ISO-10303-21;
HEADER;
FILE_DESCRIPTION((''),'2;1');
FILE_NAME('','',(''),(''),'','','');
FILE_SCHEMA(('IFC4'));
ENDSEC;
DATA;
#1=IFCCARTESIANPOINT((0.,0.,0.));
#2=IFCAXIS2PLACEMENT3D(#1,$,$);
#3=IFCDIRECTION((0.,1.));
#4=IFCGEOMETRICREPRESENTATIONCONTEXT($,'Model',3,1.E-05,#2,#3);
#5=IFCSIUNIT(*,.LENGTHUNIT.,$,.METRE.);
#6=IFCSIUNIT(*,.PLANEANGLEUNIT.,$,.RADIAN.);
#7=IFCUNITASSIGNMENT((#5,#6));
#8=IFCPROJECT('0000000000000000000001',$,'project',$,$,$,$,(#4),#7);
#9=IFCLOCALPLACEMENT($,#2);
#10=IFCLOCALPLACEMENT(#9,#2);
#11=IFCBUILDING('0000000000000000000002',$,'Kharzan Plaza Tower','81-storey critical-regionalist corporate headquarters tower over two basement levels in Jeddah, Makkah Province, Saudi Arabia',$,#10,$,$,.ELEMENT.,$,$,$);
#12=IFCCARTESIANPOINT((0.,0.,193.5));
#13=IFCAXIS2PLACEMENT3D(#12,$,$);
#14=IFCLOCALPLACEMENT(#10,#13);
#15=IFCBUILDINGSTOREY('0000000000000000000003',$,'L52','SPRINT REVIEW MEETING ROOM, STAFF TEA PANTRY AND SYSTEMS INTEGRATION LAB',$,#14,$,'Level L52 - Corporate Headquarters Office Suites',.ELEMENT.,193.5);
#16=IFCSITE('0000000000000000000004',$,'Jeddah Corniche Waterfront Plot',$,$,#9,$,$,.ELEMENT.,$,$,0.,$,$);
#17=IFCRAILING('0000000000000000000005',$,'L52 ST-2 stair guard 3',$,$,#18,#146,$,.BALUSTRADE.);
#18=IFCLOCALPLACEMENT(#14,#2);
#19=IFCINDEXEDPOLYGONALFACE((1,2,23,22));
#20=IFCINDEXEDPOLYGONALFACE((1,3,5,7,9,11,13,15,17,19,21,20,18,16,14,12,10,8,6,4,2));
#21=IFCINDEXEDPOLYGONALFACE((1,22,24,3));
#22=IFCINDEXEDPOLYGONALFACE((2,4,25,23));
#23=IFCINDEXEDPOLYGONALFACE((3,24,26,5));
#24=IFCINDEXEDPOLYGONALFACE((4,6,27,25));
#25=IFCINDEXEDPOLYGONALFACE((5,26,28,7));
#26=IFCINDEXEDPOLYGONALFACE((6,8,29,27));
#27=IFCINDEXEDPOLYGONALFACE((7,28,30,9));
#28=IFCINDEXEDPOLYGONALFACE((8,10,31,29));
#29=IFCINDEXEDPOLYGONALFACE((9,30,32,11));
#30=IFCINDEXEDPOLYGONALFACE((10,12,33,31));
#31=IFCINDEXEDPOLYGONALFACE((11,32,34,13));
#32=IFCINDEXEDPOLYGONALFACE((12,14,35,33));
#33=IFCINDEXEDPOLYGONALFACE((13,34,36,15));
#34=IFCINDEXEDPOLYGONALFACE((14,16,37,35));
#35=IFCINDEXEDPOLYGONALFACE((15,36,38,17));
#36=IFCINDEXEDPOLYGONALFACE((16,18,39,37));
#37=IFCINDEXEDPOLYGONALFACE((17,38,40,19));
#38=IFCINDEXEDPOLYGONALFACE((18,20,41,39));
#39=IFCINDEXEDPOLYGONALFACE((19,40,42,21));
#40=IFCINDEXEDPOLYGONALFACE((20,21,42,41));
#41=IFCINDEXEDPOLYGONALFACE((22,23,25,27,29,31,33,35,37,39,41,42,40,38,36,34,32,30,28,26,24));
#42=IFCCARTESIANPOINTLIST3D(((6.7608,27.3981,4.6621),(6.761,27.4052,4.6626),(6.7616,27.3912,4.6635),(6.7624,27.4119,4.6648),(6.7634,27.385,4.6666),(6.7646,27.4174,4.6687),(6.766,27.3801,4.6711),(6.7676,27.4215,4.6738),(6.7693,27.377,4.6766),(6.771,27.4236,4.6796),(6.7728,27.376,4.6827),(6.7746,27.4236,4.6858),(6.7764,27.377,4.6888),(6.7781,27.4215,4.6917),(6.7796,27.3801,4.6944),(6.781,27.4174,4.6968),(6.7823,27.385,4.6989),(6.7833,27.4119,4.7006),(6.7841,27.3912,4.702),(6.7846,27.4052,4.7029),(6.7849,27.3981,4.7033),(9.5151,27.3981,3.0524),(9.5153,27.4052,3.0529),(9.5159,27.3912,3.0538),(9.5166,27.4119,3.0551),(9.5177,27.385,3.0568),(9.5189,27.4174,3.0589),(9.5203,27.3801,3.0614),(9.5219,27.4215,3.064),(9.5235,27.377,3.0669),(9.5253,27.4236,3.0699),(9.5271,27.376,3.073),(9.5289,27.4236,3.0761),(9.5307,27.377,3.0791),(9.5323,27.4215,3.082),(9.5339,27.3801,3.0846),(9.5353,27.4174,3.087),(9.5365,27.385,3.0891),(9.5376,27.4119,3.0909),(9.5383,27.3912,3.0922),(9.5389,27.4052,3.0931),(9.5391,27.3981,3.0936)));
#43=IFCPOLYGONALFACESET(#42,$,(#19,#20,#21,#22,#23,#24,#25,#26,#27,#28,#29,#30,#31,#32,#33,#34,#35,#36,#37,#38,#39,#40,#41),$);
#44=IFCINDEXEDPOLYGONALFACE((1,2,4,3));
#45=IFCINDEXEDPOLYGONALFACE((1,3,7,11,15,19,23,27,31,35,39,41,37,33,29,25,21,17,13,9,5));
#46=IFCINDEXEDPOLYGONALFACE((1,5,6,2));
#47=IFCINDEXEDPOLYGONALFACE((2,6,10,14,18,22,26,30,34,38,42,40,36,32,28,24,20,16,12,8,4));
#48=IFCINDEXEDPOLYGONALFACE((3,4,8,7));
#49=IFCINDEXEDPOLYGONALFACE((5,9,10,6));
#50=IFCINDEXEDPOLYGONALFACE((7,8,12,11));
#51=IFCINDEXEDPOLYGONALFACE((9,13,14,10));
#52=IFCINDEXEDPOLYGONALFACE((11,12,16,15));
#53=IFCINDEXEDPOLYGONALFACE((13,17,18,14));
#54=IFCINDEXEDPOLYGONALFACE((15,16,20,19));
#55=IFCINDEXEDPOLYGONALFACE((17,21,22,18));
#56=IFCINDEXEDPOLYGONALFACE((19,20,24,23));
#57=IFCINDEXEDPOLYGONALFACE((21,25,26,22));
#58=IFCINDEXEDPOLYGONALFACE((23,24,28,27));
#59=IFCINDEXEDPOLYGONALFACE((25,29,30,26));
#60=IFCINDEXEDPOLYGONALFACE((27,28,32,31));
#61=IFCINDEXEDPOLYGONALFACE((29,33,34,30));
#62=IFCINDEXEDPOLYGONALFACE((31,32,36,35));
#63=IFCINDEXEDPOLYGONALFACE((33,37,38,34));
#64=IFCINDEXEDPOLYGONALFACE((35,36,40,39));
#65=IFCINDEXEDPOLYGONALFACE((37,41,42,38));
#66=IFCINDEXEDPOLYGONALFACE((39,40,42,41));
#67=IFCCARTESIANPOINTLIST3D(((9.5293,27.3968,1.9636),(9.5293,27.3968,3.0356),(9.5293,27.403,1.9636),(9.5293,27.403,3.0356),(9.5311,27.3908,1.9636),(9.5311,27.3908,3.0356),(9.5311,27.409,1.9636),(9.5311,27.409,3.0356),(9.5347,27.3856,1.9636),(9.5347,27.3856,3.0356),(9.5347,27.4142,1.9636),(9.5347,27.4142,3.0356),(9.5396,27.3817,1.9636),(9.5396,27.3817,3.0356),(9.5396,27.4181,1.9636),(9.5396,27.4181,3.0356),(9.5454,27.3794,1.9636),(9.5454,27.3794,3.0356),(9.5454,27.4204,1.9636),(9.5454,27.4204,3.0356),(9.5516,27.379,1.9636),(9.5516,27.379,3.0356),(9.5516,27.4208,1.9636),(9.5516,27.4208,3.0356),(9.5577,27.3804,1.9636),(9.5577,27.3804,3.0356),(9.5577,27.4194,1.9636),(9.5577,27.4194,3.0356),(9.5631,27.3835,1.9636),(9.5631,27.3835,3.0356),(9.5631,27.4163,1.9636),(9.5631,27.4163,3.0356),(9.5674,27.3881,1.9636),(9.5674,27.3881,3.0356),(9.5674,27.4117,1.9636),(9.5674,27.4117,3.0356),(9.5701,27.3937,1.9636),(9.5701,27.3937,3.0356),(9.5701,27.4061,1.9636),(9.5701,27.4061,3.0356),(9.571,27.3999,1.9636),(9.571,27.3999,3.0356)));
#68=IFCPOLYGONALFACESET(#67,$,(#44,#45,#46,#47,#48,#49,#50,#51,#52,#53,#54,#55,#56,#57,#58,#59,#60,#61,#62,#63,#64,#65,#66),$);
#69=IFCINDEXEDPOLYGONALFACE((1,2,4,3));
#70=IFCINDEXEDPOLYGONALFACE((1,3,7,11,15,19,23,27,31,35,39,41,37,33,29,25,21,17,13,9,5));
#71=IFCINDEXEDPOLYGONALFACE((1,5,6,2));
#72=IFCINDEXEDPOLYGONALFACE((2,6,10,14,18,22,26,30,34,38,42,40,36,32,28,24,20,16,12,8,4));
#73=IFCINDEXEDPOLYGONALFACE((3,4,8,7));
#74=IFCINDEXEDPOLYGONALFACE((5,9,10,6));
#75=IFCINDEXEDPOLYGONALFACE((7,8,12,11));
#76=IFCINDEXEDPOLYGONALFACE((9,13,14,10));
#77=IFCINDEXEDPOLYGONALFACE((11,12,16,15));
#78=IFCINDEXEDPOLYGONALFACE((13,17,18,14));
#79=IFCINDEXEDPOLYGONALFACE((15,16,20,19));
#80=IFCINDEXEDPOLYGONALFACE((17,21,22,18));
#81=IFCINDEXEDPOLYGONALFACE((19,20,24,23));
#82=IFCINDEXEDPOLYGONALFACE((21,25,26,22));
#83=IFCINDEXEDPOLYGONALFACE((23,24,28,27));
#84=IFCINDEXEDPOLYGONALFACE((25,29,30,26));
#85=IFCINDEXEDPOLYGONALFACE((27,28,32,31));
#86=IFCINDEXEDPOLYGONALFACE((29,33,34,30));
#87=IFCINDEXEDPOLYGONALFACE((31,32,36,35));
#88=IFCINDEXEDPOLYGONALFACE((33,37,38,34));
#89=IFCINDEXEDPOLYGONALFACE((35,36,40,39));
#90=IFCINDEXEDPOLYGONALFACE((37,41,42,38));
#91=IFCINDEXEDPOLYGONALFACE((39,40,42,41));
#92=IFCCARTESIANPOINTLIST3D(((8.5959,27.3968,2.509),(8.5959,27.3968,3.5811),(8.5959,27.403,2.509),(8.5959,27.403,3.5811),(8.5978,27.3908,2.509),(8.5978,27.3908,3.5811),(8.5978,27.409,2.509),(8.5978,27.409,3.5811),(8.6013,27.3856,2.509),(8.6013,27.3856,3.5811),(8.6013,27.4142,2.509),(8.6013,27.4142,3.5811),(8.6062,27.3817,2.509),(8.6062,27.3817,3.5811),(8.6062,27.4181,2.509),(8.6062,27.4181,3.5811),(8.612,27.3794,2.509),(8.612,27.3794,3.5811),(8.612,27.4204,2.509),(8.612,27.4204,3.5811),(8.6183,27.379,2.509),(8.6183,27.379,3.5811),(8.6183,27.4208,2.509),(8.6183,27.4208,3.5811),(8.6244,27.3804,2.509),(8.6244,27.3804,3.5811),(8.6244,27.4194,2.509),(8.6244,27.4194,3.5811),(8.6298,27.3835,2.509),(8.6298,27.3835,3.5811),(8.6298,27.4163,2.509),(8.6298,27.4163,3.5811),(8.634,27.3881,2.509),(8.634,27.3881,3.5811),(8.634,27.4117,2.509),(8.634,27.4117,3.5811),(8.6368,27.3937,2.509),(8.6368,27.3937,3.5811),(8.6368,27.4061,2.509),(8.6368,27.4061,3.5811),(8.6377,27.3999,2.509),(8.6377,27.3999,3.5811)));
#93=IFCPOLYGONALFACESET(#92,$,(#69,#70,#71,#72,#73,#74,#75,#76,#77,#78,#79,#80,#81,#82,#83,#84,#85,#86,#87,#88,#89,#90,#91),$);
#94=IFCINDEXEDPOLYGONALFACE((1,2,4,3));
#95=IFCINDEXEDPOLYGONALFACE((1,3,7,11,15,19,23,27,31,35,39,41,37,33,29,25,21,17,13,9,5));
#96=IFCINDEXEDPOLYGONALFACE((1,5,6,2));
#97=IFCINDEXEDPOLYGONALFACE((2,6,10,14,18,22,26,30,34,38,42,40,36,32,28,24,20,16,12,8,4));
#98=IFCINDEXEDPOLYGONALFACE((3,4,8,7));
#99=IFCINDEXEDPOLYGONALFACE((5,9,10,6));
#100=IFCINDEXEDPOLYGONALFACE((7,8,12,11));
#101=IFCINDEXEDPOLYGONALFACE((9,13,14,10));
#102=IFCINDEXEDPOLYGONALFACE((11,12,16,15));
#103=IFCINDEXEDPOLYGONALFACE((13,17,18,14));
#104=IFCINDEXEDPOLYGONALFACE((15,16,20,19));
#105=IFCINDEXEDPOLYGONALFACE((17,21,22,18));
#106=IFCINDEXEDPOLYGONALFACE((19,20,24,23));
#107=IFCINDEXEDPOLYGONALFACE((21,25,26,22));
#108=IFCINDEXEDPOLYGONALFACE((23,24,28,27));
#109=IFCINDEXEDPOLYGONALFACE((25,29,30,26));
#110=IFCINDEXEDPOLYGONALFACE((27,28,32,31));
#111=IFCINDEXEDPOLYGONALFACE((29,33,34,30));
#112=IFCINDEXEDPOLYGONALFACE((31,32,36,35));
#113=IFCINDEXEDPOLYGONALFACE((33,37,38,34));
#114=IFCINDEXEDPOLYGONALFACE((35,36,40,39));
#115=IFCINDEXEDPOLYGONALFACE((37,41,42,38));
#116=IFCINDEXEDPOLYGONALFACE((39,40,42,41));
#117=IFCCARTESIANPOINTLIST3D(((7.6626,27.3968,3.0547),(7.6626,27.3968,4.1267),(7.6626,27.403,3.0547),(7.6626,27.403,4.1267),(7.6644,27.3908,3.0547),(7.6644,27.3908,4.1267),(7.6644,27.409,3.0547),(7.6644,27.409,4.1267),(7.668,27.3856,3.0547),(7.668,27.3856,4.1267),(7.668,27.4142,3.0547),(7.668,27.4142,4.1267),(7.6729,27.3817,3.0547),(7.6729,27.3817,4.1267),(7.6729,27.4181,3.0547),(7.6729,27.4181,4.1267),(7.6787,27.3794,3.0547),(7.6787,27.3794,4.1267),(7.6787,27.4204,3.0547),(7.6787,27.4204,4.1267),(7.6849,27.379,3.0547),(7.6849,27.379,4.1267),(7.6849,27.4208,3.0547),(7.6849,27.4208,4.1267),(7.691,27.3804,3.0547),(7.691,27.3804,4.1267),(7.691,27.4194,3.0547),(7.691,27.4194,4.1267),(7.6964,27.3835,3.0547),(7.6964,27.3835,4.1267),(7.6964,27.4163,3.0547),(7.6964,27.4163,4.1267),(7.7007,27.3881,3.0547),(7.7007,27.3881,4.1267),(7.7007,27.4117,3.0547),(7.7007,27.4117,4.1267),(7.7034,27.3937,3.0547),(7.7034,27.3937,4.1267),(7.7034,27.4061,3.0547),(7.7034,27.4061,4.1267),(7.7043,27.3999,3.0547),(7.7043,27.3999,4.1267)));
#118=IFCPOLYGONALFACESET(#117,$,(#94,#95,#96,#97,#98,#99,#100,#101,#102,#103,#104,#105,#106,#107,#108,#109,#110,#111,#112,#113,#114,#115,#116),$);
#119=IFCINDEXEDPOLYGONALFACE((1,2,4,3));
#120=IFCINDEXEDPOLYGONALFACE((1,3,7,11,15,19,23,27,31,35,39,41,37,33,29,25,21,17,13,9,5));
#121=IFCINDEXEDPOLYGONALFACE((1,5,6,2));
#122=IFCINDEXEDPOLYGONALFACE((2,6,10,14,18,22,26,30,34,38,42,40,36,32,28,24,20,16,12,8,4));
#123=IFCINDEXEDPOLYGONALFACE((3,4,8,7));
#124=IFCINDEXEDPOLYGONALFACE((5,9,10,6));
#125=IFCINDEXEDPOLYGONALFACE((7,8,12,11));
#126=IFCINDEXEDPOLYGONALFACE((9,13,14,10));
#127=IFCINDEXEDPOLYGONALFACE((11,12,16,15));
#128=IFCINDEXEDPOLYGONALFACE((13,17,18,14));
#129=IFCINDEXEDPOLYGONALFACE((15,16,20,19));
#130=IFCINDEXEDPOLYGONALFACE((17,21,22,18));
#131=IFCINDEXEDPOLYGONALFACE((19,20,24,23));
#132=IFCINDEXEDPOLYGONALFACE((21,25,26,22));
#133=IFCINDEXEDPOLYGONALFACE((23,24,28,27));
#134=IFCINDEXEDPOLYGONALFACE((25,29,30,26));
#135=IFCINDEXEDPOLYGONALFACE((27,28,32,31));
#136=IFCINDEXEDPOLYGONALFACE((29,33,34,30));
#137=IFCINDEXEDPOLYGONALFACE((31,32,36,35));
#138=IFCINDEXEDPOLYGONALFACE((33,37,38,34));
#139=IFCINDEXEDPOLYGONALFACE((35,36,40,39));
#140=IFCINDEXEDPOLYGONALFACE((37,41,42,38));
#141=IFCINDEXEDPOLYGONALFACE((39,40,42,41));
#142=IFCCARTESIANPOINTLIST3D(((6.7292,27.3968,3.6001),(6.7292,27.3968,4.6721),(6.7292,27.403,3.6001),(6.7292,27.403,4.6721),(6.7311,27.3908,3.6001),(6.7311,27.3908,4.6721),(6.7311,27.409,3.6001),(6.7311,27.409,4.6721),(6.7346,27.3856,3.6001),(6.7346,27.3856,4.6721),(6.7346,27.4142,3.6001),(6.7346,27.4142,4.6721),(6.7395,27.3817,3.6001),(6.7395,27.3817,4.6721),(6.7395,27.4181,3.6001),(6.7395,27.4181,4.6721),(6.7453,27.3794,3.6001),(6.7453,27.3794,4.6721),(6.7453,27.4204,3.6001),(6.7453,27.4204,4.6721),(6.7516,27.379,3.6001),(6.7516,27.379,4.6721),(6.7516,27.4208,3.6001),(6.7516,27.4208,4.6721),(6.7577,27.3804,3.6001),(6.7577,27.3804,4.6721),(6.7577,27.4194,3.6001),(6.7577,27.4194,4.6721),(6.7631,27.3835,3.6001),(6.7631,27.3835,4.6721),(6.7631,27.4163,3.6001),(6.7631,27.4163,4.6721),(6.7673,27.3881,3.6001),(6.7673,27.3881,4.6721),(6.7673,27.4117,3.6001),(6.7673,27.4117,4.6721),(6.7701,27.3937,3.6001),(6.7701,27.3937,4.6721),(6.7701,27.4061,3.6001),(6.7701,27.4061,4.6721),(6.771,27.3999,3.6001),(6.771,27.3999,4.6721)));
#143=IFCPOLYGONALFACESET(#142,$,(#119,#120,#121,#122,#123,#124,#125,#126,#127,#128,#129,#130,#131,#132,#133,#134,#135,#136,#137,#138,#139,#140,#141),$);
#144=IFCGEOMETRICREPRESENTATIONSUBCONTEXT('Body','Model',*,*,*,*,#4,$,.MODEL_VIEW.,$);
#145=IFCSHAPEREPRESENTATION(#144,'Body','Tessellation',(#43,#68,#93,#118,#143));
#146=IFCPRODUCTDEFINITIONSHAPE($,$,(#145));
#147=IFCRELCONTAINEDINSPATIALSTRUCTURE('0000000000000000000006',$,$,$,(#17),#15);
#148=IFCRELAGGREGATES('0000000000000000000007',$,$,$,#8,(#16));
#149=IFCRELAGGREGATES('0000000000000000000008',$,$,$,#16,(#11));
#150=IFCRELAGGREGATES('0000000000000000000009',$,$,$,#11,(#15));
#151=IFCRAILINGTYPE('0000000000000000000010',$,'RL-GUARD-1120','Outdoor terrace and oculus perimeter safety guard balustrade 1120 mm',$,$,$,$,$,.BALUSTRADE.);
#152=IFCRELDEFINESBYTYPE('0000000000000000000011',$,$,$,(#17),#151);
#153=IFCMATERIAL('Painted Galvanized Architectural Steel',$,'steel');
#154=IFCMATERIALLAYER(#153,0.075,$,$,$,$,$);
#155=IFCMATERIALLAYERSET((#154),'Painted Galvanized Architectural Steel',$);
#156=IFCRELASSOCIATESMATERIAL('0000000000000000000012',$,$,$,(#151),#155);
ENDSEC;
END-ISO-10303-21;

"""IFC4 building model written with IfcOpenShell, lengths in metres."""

from ifc_helpers import new_model, si_unit, direction, frame, origin, origin_2d, place, context, subcontext, project, spatial, circle, extrude, source, transform, mapped, material, layer, layer_set, type_object, element, save


model = new_model("IFC4")

# Units and contexts
model_context = context("Model", 3, precision=1e-05, world=origin(), true_north=direction((0.0, 1.0)))
body_context = subcontext(model_context, "Body", "Model", "MODEL_VIEW")
ifc_project = project(units=[si_unit("LENGTHUNIT", "METRE"), si_unit("PLANEANGLEUNIT", "RADIAN")], contexts=[model_context])

# Site, building, storey
site_placement = place(None, origin())
site = spatial("IfcSite", under=ifc_project, at=site_placement, Name="Jeddah Corniche Waterfront Plot", CompositionType="ELEMENT", RefElevation=0.0)
building_placement = place(site_placement, origin())
building = spatial("IfcBuilding", under=site, at=building_placement, Name="Kharzan Plaza Tower", Description="81-storey critical-regionalist corporate headquarters tower over two basement levels in Jeddah, Makkah Province, Saudi Arabia", CompositionType="ELEMENT")
storey_placement = place(building_placement, frame((0.0, 0.0, 193.5)))
storey = spatial("IfcBuildingStorey", under=building, at=storey_placement, Name="L52", Description="SPRINT REVIEW MEETING ROOM, STAFF TEA PANTRY AND SYSTEMS INTEGRATION LAB", LongName="Level L52 - Corporate Headquarters Office Suites", CompositionType="ELEMENT", Elevation=193.5)

# Railing
ifc_material_1 = material(Name="Painted Galvanized Architectural Steel", Category="steel")
ifc_layer_1 = layer(ifc_material_1, 0.075)
ifc_layer_set_1 = layer_set([ifc_layer_1], Name="Painted Galvanized Architectural Steel")
railing_type_1 = type_object("IfcRailingType", Name="RL-GUARD-1120", Description="Outdoor terrace and oculus perimeter safety guard balustrade 1120 mm", PredefinedType="BALUSTRADE", material=ifc_layer_set_1)
shared_shape_1 = source(origin(), body_context, "Body", "SweptSolid", [
    extrude(circle(Radius=0.0239, at=origin_2d()), frame((-0.0229, 0.0, 1.1094), z_axis=(-0.863361, 0.0, 0.504587), x_axis=(0.0, -1.0, 0.0)), (0.0, 0.0, 1.0), 3.1902),
    extrude(circle(Radius=0.021, at=origin_2d()), origin(), (0.0, 0.0, 1.0), 1.072),
    extrude(circle(Radius=0.021, at=origin_2d()), frame((-0.9333, 0.0, 0.5454)), (0.0, 0.0, 1.0), 1.072),
    extrude(circle(Radius=0.021, at=origin_2d()), frame((-1.8667, 0.0, 1.0911)), (0.0, 0.0, 1.0), 1.072),
    extrude(circle(Radius=0.021, at=origin_2d()), frame((-2.8, 0.0, 1.6365)), (0.0, 0.0, 1.0), 1.072),
])
railing_1_placement = place(storey_placement, frame((9.55, 27.3999, 1.9636)))
element("IfcRailing", 1, at=railing_1_placement, inside=storey, type_object=railing_type_1, Name="L52 ST-2 stair guard 3", PredefinedType="BALUSTRADE", context=body_context, shape_type="MappedRepresentation", body=[
    mapped(shared_shape_1, transform((0.0, 0.0, 0.0), x_axis=(1.0, 0.0, 0.0), y_axis=(0.0, 1.0, 0.0), z_axis=(0.0, 0.0, 1.0))),
])

save(model, "model.ifc")
